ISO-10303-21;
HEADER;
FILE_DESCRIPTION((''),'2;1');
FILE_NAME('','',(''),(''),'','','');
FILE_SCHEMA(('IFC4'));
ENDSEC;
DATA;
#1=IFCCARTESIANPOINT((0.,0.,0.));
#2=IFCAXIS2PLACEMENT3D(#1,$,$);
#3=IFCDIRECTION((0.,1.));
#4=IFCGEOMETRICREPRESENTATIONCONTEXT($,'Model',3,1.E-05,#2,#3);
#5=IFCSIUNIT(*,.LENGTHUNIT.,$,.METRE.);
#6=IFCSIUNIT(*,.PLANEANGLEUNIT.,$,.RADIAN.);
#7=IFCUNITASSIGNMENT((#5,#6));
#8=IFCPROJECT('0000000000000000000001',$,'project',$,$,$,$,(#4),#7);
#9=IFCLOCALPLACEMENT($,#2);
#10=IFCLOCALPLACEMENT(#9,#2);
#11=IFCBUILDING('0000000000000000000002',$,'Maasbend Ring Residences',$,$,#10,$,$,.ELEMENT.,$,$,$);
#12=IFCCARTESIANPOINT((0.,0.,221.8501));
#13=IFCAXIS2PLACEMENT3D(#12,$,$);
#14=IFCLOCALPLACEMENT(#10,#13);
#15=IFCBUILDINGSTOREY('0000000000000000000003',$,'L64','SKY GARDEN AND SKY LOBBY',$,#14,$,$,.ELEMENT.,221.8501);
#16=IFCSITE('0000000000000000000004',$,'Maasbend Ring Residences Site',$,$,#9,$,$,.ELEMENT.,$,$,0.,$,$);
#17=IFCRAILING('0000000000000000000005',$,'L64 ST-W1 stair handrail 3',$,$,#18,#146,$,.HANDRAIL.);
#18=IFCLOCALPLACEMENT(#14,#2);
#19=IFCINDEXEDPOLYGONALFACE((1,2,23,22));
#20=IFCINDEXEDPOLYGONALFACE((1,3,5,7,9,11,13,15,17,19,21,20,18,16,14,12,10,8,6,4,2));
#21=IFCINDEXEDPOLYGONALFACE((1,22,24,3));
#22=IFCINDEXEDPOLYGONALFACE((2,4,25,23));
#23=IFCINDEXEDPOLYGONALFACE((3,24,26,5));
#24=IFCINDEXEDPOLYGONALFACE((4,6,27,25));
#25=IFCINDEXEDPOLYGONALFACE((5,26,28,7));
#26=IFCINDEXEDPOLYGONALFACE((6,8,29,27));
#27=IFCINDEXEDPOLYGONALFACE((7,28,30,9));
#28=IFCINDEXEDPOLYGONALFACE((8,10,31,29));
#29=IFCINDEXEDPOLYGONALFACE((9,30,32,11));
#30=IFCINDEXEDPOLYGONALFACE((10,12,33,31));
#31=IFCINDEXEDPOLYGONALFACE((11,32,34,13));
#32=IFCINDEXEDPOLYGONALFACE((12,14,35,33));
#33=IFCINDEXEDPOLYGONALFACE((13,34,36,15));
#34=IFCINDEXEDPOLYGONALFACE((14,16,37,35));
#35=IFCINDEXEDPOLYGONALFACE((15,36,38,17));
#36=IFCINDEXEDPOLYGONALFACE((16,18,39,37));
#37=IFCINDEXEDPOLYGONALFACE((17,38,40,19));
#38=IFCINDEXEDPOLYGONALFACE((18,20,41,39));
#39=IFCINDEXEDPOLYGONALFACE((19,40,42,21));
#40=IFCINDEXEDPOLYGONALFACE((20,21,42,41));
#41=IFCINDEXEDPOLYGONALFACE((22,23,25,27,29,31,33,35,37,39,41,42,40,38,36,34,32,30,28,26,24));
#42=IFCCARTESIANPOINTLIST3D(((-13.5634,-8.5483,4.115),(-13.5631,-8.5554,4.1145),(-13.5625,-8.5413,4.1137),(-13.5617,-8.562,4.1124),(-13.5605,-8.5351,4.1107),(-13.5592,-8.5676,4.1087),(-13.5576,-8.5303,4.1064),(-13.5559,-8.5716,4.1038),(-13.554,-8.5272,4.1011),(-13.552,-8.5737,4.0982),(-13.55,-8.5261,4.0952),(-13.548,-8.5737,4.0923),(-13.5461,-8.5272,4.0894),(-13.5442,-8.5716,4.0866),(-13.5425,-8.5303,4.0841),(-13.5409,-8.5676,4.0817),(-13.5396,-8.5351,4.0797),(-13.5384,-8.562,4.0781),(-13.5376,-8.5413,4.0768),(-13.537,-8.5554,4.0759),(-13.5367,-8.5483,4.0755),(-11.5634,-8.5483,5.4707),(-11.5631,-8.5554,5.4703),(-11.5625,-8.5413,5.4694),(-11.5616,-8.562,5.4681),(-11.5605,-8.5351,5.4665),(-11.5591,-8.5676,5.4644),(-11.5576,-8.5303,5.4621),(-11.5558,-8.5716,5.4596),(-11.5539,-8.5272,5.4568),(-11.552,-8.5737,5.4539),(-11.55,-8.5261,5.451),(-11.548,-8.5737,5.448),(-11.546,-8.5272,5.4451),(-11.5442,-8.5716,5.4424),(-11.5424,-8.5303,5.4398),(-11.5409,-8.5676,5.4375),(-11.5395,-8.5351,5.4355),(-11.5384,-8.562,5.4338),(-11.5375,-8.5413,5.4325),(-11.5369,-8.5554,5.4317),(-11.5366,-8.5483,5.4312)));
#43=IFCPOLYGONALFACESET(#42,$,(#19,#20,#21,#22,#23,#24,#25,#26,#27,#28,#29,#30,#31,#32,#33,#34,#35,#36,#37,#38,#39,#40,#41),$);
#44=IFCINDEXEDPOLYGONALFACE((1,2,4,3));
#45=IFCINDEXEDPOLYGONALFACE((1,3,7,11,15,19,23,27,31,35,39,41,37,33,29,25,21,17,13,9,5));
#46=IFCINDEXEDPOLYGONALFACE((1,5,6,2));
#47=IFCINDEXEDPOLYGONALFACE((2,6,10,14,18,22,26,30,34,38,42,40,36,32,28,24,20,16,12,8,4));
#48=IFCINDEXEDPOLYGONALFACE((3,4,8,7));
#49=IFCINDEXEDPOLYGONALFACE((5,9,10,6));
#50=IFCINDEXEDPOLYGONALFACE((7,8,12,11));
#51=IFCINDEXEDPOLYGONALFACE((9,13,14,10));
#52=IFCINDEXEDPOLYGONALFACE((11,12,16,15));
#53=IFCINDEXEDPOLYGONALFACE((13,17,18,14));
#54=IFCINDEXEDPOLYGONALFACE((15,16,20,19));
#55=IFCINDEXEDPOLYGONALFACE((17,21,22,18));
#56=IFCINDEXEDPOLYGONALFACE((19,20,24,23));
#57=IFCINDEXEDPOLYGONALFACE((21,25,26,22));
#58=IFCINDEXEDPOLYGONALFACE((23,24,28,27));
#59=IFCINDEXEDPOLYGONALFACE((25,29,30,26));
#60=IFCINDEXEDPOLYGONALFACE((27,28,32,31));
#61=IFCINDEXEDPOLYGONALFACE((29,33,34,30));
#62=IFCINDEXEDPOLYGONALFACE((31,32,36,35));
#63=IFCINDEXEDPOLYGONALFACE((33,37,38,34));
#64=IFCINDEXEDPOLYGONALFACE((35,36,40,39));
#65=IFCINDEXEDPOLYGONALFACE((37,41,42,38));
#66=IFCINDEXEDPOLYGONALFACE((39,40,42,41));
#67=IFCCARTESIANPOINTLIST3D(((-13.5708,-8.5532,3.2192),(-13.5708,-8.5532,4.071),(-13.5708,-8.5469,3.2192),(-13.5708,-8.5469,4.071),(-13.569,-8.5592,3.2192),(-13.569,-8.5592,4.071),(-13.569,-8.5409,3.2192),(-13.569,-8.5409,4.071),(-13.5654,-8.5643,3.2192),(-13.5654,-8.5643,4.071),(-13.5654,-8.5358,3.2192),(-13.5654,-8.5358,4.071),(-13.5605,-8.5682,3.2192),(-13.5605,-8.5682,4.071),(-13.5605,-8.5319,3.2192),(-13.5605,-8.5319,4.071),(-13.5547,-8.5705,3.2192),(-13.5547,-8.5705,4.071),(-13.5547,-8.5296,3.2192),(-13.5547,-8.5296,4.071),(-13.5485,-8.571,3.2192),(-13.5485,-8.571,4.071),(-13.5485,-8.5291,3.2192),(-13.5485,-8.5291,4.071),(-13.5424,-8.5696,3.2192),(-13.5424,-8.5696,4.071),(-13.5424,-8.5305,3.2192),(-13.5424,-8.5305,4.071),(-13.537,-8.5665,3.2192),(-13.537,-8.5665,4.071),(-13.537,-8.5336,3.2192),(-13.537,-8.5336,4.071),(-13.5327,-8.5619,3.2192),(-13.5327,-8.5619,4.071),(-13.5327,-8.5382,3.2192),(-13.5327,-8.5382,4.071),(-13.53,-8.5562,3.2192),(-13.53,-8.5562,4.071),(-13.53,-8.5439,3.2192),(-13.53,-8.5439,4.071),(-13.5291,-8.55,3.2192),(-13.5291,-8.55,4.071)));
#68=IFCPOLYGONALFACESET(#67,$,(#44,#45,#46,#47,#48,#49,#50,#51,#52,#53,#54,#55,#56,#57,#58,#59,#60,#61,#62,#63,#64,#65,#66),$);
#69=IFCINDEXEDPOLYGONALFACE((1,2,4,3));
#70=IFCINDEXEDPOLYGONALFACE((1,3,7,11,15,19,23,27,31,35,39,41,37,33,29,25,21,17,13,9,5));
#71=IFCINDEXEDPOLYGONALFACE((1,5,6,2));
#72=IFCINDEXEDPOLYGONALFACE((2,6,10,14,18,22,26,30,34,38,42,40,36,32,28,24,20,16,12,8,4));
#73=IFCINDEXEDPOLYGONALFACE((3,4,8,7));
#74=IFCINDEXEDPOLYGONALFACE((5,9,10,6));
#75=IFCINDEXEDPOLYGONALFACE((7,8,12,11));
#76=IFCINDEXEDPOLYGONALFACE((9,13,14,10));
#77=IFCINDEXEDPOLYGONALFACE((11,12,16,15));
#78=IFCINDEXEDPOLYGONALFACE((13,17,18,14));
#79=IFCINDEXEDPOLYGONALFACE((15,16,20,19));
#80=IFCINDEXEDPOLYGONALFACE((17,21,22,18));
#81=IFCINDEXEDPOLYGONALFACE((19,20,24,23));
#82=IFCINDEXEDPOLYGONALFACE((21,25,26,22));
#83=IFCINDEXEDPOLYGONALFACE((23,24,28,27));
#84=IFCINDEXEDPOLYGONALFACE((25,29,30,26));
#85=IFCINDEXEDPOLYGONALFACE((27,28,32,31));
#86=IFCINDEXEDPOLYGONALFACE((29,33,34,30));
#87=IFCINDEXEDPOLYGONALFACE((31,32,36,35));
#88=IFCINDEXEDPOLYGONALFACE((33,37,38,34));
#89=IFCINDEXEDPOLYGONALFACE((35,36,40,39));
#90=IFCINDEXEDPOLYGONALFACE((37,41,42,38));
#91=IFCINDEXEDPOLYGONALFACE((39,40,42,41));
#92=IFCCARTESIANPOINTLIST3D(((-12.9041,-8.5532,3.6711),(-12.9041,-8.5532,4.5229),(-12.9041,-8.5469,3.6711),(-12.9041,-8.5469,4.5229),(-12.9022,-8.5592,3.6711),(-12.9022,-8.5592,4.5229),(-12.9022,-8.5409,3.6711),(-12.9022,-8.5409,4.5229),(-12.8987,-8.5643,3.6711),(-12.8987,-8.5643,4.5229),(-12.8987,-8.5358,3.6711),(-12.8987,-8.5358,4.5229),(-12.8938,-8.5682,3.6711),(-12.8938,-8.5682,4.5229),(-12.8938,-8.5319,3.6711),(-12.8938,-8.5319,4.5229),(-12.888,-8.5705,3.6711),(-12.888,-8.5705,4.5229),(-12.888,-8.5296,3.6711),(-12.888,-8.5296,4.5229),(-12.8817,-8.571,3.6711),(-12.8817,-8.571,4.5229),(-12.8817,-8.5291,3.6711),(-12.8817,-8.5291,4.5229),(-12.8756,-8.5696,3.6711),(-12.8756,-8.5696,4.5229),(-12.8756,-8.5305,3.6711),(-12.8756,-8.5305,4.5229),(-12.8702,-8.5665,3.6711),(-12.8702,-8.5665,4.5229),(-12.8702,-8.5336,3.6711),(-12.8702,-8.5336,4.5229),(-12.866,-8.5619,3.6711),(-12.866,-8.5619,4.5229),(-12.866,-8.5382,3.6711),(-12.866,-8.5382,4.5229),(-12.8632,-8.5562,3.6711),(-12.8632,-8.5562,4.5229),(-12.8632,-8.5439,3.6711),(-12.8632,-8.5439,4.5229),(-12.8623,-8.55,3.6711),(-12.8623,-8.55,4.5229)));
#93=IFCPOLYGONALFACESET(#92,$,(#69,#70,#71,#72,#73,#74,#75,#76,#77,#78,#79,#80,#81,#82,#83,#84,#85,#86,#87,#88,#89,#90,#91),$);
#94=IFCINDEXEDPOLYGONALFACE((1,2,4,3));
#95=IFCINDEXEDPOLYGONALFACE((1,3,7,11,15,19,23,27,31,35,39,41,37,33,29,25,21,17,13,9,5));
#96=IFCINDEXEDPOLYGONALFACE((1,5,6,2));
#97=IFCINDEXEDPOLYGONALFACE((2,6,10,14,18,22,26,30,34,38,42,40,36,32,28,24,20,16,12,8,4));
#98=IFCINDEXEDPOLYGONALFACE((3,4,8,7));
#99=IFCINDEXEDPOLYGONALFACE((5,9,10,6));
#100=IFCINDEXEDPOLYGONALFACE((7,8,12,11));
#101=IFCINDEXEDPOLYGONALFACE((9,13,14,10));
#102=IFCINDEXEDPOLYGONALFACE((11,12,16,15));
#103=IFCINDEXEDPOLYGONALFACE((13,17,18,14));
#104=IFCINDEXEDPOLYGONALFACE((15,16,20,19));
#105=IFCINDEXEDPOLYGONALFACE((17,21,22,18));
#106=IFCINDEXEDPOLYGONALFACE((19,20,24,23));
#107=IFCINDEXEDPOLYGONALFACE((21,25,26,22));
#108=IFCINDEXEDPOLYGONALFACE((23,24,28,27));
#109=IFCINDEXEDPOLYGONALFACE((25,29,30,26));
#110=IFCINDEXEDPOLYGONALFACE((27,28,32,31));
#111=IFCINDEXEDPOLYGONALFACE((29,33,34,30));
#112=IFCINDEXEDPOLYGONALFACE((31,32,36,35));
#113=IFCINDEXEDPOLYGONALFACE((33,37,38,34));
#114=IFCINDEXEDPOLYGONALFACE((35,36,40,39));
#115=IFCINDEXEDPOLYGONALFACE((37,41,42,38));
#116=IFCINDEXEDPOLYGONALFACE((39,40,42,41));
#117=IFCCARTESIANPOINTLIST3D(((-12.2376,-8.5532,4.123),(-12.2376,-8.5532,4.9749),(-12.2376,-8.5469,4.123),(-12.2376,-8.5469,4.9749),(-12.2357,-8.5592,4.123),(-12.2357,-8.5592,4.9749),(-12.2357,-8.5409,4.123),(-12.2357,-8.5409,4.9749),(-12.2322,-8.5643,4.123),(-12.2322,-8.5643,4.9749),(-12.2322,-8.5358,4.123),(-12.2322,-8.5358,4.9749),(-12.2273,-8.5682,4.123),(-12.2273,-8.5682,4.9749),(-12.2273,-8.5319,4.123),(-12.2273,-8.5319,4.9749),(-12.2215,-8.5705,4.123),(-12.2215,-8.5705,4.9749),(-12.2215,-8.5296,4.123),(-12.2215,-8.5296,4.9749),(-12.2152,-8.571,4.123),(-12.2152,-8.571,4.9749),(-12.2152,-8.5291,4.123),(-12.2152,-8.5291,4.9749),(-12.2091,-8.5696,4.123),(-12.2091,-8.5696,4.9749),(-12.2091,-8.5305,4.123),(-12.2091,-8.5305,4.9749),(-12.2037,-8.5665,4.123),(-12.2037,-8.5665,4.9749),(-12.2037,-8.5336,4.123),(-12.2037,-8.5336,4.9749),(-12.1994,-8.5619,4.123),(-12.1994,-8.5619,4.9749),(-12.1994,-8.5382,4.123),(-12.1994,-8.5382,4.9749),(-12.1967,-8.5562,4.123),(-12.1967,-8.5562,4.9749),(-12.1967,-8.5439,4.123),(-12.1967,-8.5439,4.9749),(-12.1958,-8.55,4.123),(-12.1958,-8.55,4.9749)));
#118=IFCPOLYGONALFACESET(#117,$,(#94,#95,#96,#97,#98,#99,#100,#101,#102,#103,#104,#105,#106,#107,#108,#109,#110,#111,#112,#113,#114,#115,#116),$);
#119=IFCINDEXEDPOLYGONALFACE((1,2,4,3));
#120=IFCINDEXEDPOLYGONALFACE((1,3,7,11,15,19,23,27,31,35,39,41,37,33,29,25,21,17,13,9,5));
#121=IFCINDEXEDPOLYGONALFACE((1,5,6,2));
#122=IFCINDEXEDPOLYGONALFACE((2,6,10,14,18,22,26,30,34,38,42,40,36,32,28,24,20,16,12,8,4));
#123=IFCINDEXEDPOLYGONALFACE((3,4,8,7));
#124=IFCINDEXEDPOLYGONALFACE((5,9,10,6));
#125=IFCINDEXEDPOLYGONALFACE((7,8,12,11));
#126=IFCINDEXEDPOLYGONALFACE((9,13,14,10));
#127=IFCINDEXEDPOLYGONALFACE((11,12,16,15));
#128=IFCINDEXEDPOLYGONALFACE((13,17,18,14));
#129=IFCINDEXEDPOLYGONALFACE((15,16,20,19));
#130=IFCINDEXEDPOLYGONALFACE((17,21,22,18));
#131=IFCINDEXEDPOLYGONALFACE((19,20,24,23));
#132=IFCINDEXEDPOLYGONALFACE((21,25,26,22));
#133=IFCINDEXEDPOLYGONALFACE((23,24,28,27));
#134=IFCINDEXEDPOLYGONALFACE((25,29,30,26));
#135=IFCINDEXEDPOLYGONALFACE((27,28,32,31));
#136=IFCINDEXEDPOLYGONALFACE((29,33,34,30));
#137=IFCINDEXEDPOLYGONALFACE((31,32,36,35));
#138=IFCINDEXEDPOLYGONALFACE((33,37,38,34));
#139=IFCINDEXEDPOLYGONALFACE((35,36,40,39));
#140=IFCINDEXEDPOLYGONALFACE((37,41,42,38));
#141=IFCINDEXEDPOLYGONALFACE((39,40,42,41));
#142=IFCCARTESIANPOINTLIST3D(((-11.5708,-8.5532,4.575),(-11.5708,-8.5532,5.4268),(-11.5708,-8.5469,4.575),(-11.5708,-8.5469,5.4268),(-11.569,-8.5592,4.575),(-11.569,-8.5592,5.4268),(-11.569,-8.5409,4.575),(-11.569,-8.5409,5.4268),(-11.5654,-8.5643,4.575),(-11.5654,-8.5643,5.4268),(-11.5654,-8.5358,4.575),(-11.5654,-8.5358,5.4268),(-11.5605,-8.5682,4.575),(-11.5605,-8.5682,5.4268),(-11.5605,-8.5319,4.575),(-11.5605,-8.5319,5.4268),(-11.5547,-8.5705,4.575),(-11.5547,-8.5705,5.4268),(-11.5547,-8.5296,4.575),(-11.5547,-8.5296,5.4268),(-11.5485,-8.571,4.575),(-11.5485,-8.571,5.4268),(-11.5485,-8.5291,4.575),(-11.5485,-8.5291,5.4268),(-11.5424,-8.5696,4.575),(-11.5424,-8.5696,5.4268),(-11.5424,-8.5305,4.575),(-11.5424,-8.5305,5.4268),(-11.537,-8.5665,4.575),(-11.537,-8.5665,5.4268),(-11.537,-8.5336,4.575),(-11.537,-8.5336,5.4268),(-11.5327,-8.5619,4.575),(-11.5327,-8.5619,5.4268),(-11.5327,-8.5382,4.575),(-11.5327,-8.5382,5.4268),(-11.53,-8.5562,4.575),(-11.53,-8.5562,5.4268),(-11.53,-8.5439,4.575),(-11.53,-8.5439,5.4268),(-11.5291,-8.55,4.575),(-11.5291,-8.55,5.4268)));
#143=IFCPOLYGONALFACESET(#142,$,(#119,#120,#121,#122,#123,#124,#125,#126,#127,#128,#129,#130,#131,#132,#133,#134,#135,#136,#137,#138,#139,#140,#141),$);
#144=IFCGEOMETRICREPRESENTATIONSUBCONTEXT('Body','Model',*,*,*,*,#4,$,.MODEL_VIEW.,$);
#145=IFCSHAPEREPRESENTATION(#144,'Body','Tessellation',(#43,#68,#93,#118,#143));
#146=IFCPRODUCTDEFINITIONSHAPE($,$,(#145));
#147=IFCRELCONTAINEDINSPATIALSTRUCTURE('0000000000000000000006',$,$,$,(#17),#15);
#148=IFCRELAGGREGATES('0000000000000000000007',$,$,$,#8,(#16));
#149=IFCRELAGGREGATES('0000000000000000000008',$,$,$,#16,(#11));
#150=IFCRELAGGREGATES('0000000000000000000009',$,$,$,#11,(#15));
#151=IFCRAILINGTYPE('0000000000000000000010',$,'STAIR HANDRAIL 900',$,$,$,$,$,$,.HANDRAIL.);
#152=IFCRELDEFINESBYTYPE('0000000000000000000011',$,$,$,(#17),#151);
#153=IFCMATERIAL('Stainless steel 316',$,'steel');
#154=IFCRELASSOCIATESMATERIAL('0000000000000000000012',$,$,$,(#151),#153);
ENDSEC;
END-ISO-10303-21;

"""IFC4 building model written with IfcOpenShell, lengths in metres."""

from ifc_helpers import new_model, si_unit, direction, frame, origin, origin_2d, place, context, subcontext, project, spatial, circle, extrude, material, type_object, element, save


model = new_model("IFC4")

# Units and contexts
model_context = context("Model", 3, precision=1e-05, world=origin(), true_north=direction((0.0, 1.0)))
body_context = subcontext(model_context, "Body", "Model", "MODEL_VIEW")
ifc_project = project(units=[si_unit("LENGTHUNIT", "METRE"), si_unit("PLANEANGLEUNIT", "RADIAN")], contexts=[model_context])

# Site, building, storey
site_placement = place(None, origin())
site = spatial("IfcSite", under=ifc_project, at=site_placement, Name="Maasbend Ring Residences Site", CompositionType="ELEMENT", RefElevation=0.0)
building_placement = place(site_placement, origin())
building = spatial("IfcBuilding", under=site, at=building_placement, Name="Maasbend Ring Residences", CompositionType="ELEMENT")
storey_placement = place(building_placement, frame((0.0, 0.0, 221.8501)))
storey = spatial("IfcBuildingStorey", under=building, at=storey_placement, Name="L64", Description="SKY GARDEN AND SKY LOBBY", CompositionType="ELEMENT", Elevation=221.8501)

# Railing
ifc_material_1 = material(Name="Stainless steel 316", Category="steel")
railing_type_1 = type_object("IfcRailingType", Name="STAIR HANDRAIL 900", PredefinedType="HANDRAIL", material=ifc_material_1)
railing_1_placement = place(storey_placement, frame((-13.55, -8.55, 3.2192)))
element("IfcRailing", 1, at=railing_1_placement, inside=storey, type_object=railing_type_1, Name="L64 ST-W1 stair handrail 3", PredefinedType="HANDRAIL", context=body_context, shape_type="SweptSolid", body=[
    extrude(circle(Radius=0.0239, at=origin_2d()), frame((0.0, 0.0, 0.876), z_axis=(0.827751, 0.0, 0.561096), x_axis=(0.0, 1.0, 0.0)), (0.0, 0.0, 1.0), 2.4163),
    extrude(circle(Radius=0.021, at=origin_2d()), origin(), (0.0, 0.0, 1.0), 0.8518),
    extrude(circle(Radius=0.021, at=origin_2d()), frame((0.6667, 0.0, 0.4519)), (0.0, 0.0, 1.0), 0.8518),
    extrude(circle(Radius=0.021, at=origin_2d()), frame((1.3333, 0.0, 0.9038)), (0.0, 0.0, 1.0), 0.8518),
    extrude(circle(Radius=0.021, at=origin_2d()), frame((2.0, 0.0, 1.3557)), (0.0, 0.0, 1.0), 0.8518),
])

save(model, "model.ifc")
